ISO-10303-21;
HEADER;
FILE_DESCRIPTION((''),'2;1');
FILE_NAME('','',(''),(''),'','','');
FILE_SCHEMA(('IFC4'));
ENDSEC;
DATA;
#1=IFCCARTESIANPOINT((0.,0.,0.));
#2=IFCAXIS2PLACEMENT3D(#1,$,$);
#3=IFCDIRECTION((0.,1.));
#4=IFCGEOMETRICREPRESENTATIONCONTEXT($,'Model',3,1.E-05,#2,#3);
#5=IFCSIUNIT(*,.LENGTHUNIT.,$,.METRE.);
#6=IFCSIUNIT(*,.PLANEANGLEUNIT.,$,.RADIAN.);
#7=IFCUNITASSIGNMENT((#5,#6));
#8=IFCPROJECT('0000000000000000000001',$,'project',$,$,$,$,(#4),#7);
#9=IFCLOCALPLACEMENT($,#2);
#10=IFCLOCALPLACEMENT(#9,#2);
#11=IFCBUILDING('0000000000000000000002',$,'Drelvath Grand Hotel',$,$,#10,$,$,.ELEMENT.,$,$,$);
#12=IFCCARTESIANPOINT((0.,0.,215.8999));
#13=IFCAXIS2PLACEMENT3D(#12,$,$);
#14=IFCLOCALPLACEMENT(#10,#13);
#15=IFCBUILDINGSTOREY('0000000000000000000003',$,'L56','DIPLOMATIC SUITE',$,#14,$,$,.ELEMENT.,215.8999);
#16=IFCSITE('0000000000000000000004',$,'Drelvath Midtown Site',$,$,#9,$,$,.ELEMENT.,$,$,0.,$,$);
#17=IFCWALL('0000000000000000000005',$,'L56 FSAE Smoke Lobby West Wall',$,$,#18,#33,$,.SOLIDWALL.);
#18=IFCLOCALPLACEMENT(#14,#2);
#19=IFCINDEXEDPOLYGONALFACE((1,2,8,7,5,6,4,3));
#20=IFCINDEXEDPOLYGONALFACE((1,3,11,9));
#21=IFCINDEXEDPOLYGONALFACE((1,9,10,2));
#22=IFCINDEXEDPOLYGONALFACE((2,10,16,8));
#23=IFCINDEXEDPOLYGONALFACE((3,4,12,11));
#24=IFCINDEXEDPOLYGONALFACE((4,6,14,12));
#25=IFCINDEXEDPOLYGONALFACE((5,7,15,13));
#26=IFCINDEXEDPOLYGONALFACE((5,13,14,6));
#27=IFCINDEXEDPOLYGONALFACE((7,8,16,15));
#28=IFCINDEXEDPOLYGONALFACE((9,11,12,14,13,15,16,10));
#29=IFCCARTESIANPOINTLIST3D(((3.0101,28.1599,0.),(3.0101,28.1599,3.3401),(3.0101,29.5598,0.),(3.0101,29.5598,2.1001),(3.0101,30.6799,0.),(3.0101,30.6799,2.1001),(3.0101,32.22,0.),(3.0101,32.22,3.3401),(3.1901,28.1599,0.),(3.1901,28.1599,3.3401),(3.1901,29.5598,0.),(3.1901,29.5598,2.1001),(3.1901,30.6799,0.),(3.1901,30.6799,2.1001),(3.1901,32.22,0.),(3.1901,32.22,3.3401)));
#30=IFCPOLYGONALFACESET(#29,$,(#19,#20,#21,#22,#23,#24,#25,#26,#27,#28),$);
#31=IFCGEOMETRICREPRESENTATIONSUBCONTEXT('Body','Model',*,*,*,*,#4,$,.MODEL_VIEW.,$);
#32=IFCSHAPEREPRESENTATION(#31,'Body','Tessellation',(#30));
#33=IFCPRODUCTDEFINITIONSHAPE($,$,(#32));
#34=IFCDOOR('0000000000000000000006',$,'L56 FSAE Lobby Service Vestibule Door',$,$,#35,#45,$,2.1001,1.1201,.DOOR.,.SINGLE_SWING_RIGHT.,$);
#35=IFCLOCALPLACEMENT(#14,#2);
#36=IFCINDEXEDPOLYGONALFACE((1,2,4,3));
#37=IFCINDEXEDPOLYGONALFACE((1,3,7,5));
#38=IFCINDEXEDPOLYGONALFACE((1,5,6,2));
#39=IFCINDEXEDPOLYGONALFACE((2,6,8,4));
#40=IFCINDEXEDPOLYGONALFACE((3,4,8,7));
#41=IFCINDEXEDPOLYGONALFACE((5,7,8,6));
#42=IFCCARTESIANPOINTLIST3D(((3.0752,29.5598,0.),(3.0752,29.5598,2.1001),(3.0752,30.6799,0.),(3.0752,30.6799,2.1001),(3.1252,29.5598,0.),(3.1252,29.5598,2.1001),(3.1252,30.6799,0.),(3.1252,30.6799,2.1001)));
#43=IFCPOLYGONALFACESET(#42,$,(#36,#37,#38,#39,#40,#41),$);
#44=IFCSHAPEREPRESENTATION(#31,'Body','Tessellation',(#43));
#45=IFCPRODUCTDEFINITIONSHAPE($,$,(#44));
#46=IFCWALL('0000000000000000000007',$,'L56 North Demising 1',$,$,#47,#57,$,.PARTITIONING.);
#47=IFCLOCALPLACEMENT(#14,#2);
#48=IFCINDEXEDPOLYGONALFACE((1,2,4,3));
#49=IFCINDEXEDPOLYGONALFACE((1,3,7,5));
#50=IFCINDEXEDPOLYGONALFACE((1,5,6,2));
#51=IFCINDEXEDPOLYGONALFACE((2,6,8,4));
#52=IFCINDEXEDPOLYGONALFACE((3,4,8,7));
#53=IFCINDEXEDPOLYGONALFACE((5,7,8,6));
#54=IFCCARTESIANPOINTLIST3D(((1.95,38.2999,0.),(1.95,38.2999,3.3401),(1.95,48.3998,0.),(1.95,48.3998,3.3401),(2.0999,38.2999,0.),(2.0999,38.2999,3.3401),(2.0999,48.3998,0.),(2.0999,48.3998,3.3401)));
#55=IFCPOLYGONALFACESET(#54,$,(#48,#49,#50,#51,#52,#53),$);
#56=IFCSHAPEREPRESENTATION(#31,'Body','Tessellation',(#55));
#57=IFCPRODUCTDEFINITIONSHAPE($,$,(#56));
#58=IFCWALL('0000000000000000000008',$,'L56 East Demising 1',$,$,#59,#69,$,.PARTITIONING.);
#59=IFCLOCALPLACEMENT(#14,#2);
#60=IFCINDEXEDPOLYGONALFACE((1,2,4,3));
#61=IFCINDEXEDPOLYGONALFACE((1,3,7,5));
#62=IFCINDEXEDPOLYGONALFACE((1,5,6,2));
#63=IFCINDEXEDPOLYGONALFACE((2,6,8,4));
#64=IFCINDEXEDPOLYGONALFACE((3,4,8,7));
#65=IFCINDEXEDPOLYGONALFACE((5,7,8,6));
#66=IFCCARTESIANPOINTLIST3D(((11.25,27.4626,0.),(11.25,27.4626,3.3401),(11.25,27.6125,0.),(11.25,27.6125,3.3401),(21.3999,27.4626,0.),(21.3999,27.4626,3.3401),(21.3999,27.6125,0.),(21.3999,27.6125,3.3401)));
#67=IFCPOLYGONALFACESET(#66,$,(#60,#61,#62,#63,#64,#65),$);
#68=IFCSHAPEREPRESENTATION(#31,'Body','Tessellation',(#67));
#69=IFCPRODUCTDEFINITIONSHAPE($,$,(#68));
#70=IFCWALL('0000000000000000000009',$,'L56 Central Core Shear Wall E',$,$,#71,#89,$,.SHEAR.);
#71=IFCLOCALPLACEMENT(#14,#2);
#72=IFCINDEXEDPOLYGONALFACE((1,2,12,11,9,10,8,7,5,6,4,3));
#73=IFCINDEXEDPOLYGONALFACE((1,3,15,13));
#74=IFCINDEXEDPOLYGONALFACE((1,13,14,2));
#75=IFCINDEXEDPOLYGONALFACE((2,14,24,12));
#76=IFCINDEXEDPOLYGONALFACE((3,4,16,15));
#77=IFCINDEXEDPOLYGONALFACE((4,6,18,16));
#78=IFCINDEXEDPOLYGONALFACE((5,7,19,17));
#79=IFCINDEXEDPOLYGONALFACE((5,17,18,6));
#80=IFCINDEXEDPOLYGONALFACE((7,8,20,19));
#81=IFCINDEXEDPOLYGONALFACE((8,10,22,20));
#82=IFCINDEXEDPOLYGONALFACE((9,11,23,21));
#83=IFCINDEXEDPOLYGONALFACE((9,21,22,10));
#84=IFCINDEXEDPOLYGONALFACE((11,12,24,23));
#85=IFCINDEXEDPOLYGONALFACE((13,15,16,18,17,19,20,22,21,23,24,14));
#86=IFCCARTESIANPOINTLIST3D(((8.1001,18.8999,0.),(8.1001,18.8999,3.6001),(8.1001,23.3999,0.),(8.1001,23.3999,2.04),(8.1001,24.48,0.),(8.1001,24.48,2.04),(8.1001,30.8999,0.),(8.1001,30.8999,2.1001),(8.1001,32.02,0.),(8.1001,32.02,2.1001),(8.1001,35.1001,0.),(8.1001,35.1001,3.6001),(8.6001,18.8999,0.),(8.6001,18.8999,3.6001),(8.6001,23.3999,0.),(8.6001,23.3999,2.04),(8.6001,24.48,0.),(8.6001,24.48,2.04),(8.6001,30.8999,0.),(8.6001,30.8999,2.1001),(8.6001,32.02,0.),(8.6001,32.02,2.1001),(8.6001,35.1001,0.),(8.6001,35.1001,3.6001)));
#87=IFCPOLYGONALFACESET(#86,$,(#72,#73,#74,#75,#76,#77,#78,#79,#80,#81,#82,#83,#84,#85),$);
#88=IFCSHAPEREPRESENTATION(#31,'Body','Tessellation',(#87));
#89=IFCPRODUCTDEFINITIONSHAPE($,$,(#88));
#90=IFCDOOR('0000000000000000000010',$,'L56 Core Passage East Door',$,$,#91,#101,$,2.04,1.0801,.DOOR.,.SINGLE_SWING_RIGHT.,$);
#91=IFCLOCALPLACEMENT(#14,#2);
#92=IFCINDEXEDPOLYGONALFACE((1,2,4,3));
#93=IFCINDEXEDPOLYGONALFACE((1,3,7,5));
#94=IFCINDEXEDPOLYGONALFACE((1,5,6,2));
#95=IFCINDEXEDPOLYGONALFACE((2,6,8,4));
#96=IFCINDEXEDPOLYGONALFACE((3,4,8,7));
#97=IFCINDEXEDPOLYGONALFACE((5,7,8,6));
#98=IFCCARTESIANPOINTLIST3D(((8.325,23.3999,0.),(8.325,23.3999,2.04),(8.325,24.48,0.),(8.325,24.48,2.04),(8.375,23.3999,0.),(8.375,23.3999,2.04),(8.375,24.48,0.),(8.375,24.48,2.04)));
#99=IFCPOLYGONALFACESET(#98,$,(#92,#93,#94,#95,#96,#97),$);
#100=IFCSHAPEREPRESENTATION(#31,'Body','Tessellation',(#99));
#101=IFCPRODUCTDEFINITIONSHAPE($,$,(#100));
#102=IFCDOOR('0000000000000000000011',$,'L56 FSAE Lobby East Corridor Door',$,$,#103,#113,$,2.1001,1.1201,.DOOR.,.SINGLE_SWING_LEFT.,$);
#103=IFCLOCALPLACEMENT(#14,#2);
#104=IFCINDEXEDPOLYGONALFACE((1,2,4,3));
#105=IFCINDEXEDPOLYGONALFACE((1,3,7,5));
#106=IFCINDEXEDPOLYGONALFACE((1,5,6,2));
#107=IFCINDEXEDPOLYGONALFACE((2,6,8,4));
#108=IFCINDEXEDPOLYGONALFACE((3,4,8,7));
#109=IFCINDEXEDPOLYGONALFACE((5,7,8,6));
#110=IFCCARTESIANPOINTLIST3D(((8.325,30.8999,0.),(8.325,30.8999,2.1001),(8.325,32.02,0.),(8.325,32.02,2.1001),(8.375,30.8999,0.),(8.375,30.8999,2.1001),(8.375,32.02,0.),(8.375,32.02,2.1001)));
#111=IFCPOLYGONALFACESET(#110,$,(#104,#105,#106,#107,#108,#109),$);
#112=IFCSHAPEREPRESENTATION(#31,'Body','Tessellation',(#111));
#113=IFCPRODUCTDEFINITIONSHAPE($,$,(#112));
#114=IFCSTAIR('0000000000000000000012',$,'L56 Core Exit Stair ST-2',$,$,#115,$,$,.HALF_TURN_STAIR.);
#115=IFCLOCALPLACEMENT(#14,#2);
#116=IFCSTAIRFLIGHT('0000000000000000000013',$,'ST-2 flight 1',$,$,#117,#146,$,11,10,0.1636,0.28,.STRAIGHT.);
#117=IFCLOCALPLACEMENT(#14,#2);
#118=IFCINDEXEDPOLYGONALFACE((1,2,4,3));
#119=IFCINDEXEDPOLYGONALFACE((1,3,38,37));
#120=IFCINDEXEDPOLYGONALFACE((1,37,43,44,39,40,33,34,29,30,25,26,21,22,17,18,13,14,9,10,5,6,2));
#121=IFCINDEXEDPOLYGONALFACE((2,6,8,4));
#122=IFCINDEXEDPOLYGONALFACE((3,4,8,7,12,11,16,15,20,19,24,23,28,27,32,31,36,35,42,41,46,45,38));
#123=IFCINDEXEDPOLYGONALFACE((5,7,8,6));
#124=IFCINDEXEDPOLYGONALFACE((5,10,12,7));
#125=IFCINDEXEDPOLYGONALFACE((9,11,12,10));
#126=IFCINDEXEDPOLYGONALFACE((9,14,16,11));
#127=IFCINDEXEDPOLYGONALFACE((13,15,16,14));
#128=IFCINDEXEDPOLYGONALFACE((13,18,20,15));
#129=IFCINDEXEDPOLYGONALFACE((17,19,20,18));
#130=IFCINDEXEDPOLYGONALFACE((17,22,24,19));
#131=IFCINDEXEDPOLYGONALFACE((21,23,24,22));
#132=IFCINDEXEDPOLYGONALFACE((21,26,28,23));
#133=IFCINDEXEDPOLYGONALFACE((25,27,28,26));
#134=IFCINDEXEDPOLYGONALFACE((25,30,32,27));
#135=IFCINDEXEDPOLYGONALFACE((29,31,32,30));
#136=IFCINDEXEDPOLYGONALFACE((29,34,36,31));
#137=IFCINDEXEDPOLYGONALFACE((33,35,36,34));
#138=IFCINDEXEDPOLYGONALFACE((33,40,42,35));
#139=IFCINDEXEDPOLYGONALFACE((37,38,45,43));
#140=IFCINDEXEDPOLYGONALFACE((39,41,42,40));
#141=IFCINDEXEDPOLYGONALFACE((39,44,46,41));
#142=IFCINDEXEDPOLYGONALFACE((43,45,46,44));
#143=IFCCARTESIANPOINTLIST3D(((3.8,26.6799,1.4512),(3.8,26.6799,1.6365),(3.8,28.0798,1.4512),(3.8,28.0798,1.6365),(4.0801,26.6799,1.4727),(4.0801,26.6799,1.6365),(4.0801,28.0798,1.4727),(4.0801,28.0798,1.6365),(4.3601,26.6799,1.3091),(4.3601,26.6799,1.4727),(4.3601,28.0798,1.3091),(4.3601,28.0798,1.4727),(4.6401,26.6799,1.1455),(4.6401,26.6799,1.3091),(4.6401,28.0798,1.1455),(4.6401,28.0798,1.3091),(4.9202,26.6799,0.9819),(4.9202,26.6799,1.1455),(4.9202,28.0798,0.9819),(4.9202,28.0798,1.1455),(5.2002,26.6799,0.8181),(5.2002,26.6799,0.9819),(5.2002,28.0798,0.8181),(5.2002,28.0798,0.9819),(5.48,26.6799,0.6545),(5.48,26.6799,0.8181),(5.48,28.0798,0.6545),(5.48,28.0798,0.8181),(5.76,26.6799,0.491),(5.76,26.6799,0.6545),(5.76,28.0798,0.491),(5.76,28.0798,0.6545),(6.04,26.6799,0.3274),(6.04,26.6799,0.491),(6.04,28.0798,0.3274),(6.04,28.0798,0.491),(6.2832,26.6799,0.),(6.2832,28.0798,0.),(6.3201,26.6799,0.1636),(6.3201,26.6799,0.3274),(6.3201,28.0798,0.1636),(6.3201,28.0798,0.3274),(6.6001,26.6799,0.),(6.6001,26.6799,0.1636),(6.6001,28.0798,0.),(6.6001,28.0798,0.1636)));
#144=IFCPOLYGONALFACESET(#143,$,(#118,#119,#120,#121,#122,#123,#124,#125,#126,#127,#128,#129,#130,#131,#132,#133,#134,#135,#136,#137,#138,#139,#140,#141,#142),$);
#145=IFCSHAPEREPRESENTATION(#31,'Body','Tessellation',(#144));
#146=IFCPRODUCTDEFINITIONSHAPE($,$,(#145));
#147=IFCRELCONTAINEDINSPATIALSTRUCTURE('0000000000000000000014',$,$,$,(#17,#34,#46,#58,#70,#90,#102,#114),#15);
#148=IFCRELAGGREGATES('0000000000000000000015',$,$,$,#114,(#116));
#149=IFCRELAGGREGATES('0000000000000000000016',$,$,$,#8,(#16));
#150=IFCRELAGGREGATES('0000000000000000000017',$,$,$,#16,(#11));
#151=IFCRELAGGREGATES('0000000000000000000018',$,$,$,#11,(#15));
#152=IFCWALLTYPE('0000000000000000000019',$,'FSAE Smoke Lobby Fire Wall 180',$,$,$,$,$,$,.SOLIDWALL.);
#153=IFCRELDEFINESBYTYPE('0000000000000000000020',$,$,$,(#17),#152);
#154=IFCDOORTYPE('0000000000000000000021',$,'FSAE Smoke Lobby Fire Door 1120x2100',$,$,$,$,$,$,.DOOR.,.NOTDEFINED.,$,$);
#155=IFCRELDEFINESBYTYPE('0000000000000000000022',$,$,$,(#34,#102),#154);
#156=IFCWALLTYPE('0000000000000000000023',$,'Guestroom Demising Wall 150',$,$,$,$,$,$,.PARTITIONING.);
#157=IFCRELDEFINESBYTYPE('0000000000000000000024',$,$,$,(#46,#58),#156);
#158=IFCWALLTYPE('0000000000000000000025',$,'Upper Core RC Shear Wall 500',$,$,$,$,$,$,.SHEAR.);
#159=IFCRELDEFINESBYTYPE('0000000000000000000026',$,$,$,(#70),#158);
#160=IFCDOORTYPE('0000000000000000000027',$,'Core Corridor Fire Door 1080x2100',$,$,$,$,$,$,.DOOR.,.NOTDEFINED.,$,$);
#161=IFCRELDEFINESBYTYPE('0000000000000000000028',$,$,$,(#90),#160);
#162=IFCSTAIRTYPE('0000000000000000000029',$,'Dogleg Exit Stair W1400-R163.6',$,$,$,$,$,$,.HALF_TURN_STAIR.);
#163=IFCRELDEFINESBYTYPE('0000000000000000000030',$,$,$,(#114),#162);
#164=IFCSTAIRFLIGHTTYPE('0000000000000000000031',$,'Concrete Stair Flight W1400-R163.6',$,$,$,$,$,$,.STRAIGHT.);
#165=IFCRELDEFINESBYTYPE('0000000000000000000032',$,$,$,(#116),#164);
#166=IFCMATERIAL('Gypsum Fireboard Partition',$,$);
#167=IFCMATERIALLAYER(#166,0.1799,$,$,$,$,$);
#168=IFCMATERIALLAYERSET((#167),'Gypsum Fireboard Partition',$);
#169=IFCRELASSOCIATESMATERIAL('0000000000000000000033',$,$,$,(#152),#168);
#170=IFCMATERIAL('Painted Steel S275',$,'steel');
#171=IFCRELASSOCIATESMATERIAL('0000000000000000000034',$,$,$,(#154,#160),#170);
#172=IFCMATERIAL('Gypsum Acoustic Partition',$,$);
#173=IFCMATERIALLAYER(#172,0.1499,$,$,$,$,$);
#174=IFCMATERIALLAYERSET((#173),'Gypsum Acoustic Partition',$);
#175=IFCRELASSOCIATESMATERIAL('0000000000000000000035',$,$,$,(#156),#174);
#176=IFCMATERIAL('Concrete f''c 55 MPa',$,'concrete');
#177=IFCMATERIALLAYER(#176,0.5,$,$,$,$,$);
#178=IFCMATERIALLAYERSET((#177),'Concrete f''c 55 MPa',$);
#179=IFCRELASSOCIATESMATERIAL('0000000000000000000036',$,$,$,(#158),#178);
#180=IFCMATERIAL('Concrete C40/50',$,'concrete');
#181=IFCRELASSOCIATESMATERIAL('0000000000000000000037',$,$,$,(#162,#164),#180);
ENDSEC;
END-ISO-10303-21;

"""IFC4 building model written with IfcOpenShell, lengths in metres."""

from ifc_helpers import new_model, si_unit, direction, frame, frame_2d, origin, place, context, subcontext, project, spatial, polyline, rectangle, outline, extrude, material, layer, layer_set, type_object, element, fill, aggregate, save


model = new_model("IFC4")

# Units and contexts
model_context = context("Model", 3, precision=1e-05, world=origin(), true_north=direction((0.0, 1.0)))
body_context = subcontext(model_context, "Body", "Model", "MODEL_VIEW")
ifc_project = project(units=[si_unit("LENGTHUNIT", "METRE"), si_unit("PLANEANGLEUNIT", "RADIAN")], contexts=[model_context])

# Site, building, storey
site_placement = place(None, origin())
site = spatial("IfcSite", under=ifc_project, at=site_placement, Name="Drelvath Midtown Site", CompositionType="ELEMENT", RefElevation=0.0)
building_placement = place(site_placement, origin())
building = spatial("IfcBuilding", under=site, at=building_placement, Name="Drelvath Grand Hotel", CompositionType="ELEMENT")
storey_placement = place(building_placement, frame((0.0, 0.0, 215.8999)))
storey = spatial("IfcBuildingStorey", under=building, at=storey_placement, Name="L56", Description="DIPLOMATIC SUITE", CompositionType="ELEMENT", Elevation=215.8999)

# Shared definitions
ifc_material_1 = material(Name="Concrete f'c 55 MPa", Category="concrete")

# Shared definitions
ifc_material_2 = material(Name="Concrete C40/50", Category="concrete")

# Shared definitions
ifc_material_3 = material(Name="Painted Steel S275", Category="steel")

# Shared definitions
ifc_material_4 = material(Name="Gypsum Fireboard Partition")

# Wall, opening, door
ifc_layer_1 = layer(ifc_material_4, 0.1799)
ifc_layer_set_1 = layer_set([ifc_layer_1], Name="Gypsum Fireboard Partition")
wall_type_1 = type_object("IfcWallType", Name="FSAE Smoke Lobby Fire Wall 180", PredefinedType="SOLIDWALL", material=ifc_layer_set_1)
wall_1_placement = place(storey_placement, frame((3.1001, 28.1599, 0.0), z_axis=(0.0, 0.0, 1.0), x_axis=(0.0, 1.0, 0.0)))
wall_1 = element("IfcWall", 1, at=wall_1_placement, inside=storey, type_object=wall_type_1, Name="L56 FSAE Smoke Lobby West Wall", PredefinedType="SOLIDWALL", context=body_context, shape_type="SweptSolid", body=[
    extrude(rectangle(XDim=4.0601, YDim=0.1799, at=frame_2d((2.03, 0.0))), origin(), (0.0, 0.0, 1.0), 3.3401),
])
opening_1_placement = place(wall_1_placement, frame((1.3999, 0.0, 0.0)))
opening_1 = element("IfcOpeningElement", 2, at=opening_1_placement, cuts=wall_1, PredefinedType="OPENING", context=body_context, shape_type="SweptSolid", body=[
    extrude(rectangle(XDim=1.1201, YDim=2.1001, at=frame_2d((0.5601, 1.05))), frame((0.0, 0.0999, 0.0), z_axis=(0.0, -1.0, 0.0), x_axis=(1.0, 0.0, 0.0)), (0.0, 0.0, 1.0), 0.2),
])
door_type_1 = type_object("IfcDoorType", Name="FSAE Smoke Lobby Fire Door 1120x2100", OperationType="NOTDEFINED", PredefinedType="DOOR", material=ifc_material_3)
door_1_placement = place(opening_1_placement, origin())
door_1 = element("IfcDoor", 3, at=door_1_placement, inside=storey, type_object=door_type_1, Name="L56 FSAE Lobby Service Vestibule Door", OperationType="SINGLE_SWING_RIGHT", OverallHeight=2.1001, OverallWidth=1.1201, PredefinedType="DOOR", context=body_context, shape_type="SweptSolid", body=[
    extrude(rectangle(XDim=1.1201, YDim=2.1001, at=frame_2d((0.5601, 1.05))), frame((0.0, 0.0249, 0.0), z_axis=(0.0, -1.0, 0.0), x_axis=(1.0, 0.0, 0.0)), (0.0, 0.0, 1.0), 0.05),
])
fill(opening_1, door_1)

# Walls
ifc_material_5 = material(Name="Gypsum Acoustic Partition")
ifc_layer_2 = layer(ifc_material_5, 0.1499)
ifc_layer_set_2 = layer_set([ifc_layer_2], Name="Gypsum Acoustic Partition")
wall_type_2 = type_object("IfcWallType", Name="Guestroom Demising Wall 150", PredefinedType="PARTITIONING", material=ifc_layer_set_2)
wall_2_placement = place(storey_placement, frame((2.0249, 38.3, 0.0), z_axis=(0.0, 0.0, 1.0), x_axis=(0.0, 1.0, 0.0)))
element("IfcWall", 4, at=wall_2_placement, inside=storey, type_object=wall_type_2, Name="L56 North Demising 1", PredefinedType="PARTITIONING", context=body_context, shape_type="SweptSolid", body=[
    extrude(rectangle(XDim=10.0999, YDim=0.1499, at=frame_2d((5.0498, 0.0))), origin(), (0.0, 0.0, 1.0), 3.3401),
])
wall_3_placement = place(storey_placement, frame((11.25, 27.5376, 0.0), z_axis=(0.0, 0.0, 1.0), x_axis=(1.0, 0.0, 0.0)))
element("IfcWall", 5, at=wall_3_placement, inside=storey, type_object=wall_type_2, Name="L56 East Demising 1", PredefinedType="PARTITIONING", context=body_context, shape_type="SweptSolid", body=[
    extrude(rectangle(XDim=10.1499, YDim=0.1499, at=frame_2d((5.075, 0.0))), origin(), (0.0, 0.0, 1.0), 3.3401),
])

# Wall, openings, doors
ifc_layer_3 = layer(ifc_material_1, 0.5)
ifc_layer_set_3 = layer_set([ifc_layer_3], Name="Concrete f'c 55 MPa")
wall_type_3 = type_object("IfcWallType", Name="Upper Core RC Shear Wall 500", PredefinedType="SHEAR", material=ifc_layer_set_3)
wall_4_placement = place(storey_placement, frame((8.3501, 35.1001, 0.0), z_axis=(0.0, 0.0, 1.0), x_axis=(0.0, -1.0, 0.0)))
wall_4 = element("IfcWall", 6, at=wall_4_placement, inside=storey, type_object=wall_type_3, Name="L56 Central Core Shear Wall E", PredefinedType="SHEAR", context=body_context, shape_type="SweptSolid", body=[
    extrude(rectangle(XDim=16.2002, YDim=0.5, at=frame_2d((8.1001, 0.0))), origin(), (0.0, 0.0, 1.0), 3.6001),
])
opening_2_placement = place(wall_4_placement, frame((3.0801, 0.0, 0.0)))
opening_2 = element("IfcOpeningElement", 7, at=opening_2_placement, cuts=wall_4, PredefinedType="OPENING", context=body_context, shape_type="SweptSolid", body=[
    extrude(rectangle(XDim=1.1201, YDim=2.1001, at=frame_2d((0.5601, 1.05))), frame((0.0, 0.26, 0.0), z_axis=(0.0, -1.0, 0.0), x_axis=(1.0, 0.0, 0.0)), (0.0, 0.0, 1.0), 0.52),
])
opening_3_placement = place(wall_4_placement, frame((10.6201, 0.0, 0.0)))
opening_3 = element("IfcOpeningElement", 8, at=opening_3_placement, cuts=wall_4, PredefinedType="OPENING", context=body_context, shape_type="SweptSolid", body=[
    extrude(rectangle(XDim=1.0801, YDim=2.04, at=frame_2d((0.54, 1.02))), frame((0.0, 0.26, 0.0), z_axis=(0.0, -1.0, 0.0), x_axis=(1.0, 0.0, 0.0)), (0.0, 0.0, 1.0), 0.52),
])
door_type_2 = type_object("IfcDoorType", Name="Core Corridor Fire Door 1080x2100", OperationType="NOTDEFINED", PredefinedType="DOOR", material=ifc_material_3)
door_2_placement = place(opening_3_placement, origin())
door_2 = element("IfcDoor", 9, at=door_2_placement, inside=storey, type_object=door_type_2, Name="L56 Core Passage East Door", OperationType="SINGLE_SWING_RIGHT", OverallHeight=2.04, OverallWidth=1.0801, PredefinedType="DOOR", context=body_context, shape_type="SweptSolid", body=[
    extrude(rectangle(XDim=1.0801, YDim=2.04, at=frame_2d((0.54, 1.02))), frame((0.0, 0.0249, 0.0), z_axis=(0.0, -1.0, 0.0), x_axis=(1.0, 0.0, 0.0)), (0.0, 0.0, 1.0), 0.05),
])
fill(opening_3, door_2)
door_3_placement = place(opening_2_placement, origin())
door_3 = element("IfcDoor", 10, at=door_3_placement, inside=storey, type_object=door_type_1, Name="L56 FSAE Lobby East Corridor Door", OperationType="SINGLE_SWING_LEFT", OverallHeight=2.1001, OverallWidth=1.1201, PredefinedType="DOOR", context=body_context, shape_type="SweptSolid", body=[
    extrude(rectangle(XDim=1.1201, YDim=2.1001, at=frame_2d((0.5601, 1.05))), frame((0.0, 0.0249, 0.0), z_axis=(0.0, -1.0, 0.0), x_axis=(1.0, 0.0, 0.0)), (0.0, 0.0, 1.0), 0.05),
])
fill(opening_2, door_3)

# Stair, stair flight
stair_type = type_object("IfcStairType", Name="Dogleg Exit Stair W1400-R163.6", PredefinedType="HALF_TURN_STAIR", material=ifc_material_2)
stair_placement = place(storey_placement, origin())
stair = element("IfcStair", 11, at=stair_placement, inside=storey, type_object=stair_type, Name="L56 Core Exit Stair ST-2", PredefinedType="HALF_TURN_STAIR")
stair_flight_type = type_object("IfcStairFlightType", Name="Concrete Stair Flight W1400-R163.6", PredefinedType="STRAIGHT", material=ifc_material_2)
stair_flight_placement = place(storey_placement, frame((6.6001, 27.3799, 0.0), z_axis=(0.0, 0.0, 1.0), x_axis=(-1.0, 0.0, 0.0)))
stair_flight = element("IfcStairFlight", 12, at=stair_flight_placement, type_object=stair_flight_type, Name="ST-2 flight 1", NumberOfRisers=11, NumberOfTreads=10, PredefinedType="STRAIGHT", RiserHeight=0.1636, TreadLength=0.28, context=body_context, shape_type="SweptSolid", body=[
    extrude(outline(polyline([(0.0, 0.0), (0.0, 0.1636), (0.28, 0.1636), (0.28, 0.3274), (0.5601, 0.3274), (0.5601, 0.491), (0.8401, 0.491), (0.8401, 0.6545), (1.1201, 0.6545), (1.1201, 0.8181), (1.3999, 0.8181), (1.3999, 0.9819), (1.6799, 0.9819), (1.6799, 1.1455), (1.96, 1.1455), (1.96, 1.3091), (2.24, 1.3091), (2.24, 1.4727), (2.52, 1.4727), (2.52, 1.6365), (2.8, 1.6365), (2.8, 1.8), (2.8, 1.4512), (0.3169, 0.0), (0.0, 0.0)])), frame((0.0, 0.7, 0.0), z_axis=(0.0, -1.0, 0.0), x_axis=(1.0, 0.0, 0.0)), (0.0, 0.0, 1.0), 1.3999),
])
aggregate(stair, [stair_flight])

save(model, "model.ifc")
